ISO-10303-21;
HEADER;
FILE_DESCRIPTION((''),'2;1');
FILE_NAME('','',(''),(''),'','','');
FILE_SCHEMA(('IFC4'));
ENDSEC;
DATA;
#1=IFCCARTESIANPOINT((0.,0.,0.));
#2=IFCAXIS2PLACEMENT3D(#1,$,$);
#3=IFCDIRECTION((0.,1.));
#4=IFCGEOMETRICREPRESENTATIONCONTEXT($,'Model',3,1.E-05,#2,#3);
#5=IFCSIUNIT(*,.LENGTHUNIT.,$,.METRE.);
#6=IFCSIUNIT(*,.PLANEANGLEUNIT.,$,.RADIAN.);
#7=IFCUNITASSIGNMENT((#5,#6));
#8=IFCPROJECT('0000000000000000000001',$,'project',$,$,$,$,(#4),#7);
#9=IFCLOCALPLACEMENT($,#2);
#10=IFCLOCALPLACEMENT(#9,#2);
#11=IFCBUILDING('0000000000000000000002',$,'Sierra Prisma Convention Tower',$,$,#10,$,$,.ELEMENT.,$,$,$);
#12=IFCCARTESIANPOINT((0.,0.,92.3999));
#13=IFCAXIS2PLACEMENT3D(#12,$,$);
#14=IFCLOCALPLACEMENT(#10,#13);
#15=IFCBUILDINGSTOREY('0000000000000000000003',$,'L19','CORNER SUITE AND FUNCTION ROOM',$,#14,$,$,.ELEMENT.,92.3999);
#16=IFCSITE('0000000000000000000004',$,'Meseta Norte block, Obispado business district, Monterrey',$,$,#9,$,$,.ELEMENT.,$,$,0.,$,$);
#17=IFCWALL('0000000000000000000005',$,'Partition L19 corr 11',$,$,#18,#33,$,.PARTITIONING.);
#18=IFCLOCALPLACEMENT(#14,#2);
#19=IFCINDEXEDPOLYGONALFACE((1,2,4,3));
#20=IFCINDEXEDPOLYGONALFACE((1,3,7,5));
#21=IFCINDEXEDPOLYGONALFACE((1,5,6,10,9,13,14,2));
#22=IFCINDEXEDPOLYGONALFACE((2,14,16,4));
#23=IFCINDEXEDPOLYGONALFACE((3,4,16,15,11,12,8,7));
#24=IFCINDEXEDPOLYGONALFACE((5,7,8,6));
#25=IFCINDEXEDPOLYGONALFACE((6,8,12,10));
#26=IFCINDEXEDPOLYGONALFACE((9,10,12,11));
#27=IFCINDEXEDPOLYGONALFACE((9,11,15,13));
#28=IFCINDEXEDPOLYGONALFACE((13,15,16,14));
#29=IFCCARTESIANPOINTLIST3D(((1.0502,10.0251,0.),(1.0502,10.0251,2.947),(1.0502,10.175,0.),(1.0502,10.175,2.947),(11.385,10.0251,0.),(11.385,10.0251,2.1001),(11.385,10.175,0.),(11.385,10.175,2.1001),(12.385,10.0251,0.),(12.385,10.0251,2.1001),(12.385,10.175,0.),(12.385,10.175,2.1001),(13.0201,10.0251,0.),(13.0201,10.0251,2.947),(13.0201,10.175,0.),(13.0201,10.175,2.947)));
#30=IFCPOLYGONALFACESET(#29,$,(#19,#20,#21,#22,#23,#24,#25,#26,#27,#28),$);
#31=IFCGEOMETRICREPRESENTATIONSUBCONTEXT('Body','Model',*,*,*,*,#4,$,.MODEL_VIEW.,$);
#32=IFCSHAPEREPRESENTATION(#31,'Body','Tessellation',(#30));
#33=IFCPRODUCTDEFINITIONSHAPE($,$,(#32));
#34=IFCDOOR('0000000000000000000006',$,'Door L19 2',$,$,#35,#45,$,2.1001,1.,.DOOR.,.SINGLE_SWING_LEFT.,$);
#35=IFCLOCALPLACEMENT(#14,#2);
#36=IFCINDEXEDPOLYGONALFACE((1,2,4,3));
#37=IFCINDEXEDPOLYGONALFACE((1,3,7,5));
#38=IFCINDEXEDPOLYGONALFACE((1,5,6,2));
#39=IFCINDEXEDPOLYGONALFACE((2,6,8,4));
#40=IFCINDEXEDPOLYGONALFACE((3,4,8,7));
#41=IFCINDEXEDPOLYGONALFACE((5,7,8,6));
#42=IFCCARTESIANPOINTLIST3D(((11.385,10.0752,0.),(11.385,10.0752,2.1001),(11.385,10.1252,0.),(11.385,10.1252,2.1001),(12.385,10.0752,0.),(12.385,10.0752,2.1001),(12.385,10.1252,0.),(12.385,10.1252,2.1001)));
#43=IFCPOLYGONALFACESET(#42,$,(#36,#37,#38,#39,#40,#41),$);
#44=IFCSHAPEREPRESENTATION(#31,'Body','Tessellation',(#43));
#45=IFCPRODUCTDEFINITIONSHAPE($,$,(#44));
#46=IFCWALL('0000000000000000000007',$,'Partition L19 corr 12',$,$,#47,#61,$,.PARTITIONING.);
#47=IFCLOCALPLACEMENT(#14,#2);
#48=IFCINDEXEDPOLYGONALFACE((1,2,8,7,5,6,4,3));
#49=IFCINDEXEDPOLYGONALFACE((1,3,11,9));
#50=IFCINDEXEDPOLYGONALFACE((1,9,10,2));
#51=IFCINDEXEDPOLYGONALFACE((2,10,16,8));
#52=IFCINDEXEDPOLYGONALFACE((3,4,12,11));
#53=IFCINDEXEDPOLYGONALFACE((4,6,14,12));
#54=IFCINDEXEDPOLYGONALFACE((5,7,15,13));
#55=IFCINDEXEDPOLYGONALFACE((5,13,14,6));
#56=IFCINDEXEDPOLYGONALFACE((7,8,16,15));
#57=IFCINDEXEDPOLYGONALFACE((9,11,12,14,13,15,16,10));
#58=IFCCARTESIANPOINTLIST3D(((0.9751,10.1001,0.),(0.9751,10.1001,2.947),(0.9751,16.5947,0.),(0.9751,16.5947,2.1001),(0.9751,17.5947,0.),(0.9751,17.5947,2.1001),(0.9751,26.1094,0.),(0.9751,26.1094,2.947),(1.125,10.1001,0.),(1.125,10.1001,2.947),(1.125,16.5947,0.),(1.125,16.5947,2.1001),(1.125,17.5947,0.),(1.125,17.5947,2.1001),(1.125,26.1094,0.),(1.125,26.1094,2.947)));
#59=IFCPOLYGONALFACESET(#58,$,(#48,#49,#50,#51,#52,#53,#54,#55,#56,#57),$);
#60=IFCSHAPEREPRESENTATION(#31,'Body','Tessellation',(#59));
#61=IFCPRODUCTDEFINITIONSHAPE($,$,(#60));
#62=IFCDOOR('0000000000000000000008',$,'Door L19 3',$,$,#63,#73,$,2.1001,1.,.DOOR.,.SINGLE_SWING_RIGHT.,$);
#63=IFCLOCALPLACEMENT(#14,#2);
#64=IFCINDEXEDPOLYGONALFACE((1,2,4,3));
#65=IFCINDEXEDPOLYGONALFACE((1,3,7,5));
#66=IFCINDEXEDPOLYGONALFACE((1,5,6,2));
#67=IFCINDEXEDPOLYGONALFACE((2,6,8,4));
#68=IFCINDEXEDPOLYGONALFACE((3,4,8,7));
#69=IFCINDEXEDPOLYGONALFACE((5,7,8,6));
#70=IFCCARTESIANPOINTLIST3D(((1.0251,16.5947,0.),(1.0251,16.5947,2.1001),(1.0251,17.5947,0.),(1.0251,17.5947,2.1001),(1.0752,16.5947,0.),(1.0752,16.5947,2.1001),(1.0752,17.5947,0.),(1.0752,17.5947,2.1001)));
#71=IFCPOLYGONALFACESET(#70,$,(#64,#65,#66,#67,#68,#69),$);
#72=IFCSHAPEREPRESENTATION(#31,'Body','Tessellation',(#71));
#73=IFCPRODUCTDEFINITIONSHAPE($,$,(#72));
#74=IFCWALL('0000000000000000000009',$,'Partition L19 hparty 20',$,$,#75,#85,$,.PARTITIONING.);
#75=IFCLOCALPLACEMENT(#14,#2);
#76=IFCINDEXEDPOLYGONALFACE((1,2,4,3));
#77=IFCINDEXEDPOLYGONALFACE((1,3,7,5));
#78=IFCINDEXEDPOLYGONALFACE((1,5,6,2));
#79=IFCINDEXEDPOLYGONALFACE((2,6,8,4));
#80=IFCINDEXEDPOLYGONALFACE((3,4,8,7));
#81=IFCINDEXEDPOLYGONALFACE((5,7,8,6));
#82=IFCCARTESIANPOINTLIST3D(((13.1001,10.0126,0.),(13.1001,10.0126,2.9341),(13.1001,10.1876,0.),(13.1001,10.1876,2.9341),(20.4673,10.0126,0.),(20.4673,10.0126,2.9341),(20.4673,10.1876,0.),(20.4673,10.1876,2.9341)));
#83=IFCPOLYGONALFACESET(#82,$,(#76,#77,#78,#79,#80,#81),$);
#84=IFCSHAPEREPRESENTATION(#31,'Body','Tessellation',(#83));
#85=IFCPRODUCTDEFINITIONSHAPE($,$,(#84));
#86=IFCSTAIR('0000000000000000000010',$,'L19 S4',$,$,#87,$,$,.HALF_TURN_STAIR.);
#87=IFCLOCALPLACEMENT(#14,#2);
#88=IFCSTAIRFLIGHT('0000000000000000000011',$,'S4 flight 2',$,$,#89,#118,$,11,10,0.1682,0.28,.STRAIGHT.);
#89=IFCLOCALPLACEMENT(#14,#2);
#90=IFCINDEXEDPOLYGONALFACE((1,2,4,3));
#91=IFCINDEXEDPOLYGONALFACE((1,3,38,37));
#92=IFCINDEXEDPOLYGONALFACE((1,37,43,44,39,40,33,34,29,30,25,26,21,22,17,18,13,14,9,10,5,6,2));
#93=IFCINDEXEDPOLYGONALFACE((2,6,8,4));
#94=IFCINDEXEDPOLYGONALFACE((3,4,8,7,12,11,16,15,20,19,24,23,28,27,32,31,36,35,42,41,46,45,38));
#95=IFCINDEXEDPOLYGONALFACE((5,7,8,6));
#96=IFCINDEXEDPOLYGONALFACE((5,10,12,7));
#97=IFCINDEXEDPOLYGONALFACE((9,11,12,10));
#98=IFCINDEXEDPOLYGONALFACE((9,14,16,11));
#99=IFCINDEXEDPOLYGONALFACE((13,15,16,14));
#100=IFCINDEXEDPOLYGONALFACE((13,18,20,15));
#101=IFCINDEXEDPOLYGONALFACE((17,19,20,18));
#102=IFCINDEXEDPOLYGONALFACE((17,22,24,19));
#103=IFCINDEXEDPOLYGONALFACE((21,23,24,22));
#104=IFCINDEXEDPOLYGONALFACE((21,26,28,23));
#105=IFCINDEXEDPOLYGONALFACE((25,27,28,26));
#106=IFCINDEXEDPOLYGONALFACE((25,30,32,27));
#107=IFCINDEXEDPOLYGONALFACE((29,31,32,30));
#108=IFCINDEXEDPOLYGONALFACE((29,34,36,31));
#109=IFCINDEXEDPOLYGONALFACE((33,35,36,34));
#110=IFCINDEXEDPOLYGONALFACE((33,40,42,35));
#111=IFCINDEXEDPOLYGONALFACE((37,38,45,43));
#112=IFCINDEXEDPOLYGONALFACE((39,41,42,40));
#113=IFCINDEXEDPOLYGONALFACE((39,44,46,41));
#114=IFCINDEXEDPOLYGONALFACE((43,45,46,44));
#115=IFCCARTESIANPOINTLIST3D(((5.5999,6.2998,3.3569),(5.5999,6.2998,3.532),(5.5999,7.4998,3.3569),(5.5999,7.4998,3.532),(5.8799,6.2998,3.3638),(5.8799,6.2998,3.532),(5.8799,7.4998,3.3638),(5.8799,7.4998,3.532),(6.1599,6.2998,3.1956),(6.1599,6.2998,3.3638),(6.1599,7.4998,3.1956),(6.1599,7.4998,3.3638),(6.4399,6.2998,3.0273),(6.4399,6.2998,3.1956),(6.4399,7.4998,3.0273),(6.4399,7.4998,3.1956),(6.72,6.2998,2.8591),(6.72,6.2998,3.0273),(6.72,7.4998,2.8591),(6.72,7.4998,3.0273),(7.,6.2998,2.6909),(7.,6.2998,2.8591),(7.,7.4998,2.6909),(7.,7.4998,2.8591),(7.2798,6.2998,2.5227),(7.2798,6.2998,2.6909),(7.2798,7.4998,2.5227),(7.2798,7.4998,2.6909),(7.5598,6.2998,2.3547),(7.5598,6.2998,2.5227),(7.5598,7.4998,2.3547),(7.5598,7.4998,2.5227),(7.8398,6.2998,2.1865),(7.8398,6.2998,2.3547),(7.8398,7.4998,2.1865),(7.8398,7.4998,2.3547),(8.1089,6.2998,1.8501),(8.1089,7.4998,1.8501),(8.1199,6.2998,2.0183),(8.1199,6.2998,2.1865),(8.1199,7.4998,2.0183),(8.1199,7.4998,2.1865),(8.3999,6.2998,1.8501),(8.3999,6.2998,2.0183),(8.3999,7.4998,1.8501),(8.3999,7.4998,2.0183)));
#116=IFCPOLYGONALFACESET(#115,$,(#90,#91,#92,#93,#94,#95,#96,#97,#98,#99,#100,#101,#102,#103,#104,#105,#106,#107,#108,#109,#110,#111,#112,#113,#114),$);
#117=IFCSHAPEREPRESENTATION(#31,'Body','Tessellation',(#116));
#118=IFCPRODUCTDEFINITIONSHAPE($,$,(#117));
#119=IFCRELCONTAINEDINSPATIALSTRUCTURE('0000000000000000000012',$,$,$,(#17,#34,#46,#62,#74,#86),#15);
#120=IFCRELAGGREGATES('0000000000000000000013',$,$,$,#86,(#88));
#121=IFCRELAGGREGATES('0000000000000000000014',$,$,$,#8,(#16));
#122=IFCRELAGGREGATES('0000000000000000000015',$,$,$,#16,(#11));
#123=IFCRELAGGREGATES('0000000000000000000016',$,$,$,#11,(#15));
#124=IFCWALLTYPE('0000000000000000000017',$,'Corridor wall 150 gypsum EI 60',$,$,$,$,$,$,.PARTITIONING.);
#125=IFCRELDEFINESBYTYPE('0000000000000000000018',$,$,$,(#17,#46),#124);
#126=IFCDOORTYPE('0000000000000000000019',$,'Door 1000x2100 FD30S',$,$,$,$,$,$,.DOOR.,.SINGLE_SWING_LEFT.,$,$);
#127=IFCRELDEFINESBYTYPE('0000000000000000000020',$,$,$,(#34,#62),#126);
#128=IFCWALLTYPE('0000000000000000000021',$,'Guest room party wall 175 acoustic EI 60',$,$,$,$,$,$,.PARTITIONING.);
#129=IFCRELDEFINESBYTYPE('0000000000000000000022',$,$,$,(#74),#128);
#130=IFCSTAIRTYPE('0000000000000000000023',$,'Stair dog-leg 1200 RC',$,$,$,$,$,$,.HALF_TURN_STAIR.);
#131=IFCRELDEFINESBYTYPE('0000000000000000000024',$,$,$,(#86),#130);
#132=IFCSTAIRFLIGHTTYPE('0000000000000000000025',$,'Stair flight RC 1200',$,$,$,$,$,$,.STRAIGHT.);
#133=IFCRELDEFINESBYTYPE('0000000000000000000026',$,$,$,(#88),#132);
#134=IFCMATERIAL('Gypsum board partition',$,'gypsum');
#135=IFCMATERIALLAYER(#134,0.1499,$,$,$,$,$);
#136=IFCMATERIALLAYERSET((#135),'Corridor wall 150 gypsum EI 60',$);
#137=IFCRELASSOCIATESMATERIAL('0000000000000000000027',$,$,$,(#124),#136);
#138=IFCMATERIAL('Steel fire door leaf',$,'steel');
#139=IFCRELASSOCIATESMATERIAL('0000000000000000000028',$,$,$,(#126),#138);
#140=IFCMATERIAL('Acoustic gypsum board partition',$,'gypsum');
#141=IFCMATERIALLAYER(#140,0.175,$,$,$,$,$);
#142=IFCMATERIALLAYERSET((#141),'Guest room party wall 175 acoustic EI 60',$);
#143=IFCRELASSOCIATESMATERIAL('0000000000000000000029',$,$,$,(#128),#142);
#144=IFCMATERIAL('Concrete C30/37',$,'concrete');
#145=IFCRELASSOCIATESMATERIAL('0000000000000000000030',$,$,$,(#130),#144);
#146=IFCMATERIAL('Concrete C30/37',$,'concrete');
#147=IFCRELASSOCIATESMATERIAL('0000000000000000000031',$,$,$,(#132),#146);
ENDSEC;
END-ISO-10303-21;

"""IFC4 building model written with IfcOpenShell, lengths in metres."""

from ifc_helpers import new_model, si_unit, direction, frame, frame_2d, origin, place, context, subcontext, project, spatial, polyline, rectangle, outline, extrude, material, layer, layer_set, type_object, element, fill, aggregate, save


model = new_model("IFC4")

# Units and contexts
model_context = context("Model", 3, precision=1e-05, world=origin(), true_north=direction((0.0, 1.0)))
body_context = subcontext(model_context, "Body", "Model", "MODEL_VIEW")
ifc_project = project(units=[si_unit("LENGTHUNIT", "METRE"), si_unit("PLANEANGLEUNIT", "RADIAN")], contexts=[model_context])

# Site, building, storey
site_placement = place(None, origin())
site = spatial("IfcSite", under=ifc_project, at=site_placement, Name="Meseta Norte block, Obispado business district, Monterrey", CompositionType="ELEMENT", RefElevation=0.0)
building_placement = place(site_placement, origin())
building = spatial("IfcBuilding", under=site, at=building_placement, Name="Sierra Prisma Convention Tower", CompositionType="ELEMENT")
storey_placement = place(building_placement, frame((0.0, 0.0, 92.3999)))
storey = spatial("IfcBuildingStorey", under=building, at=storey_placement, Name="L19", Description="CORNER SUITE AND FUNCTION ROOM", CompositionType="ELEMENT", Elevation=92.3999)

# Walls, openings, doors
ifc_material_1 = material(Name="Gypsum board partition", Category="gypsum")
ifc_layer_1 = layer(ifc_material_1, 0.1499)
ifc_layer_set_1 = layer_set([ifc_layer_1], Name="Corridor wall 150 gypsum EI 60")
wall_type_1 = type_object("IfcWallType", Name="Corridor wall 150 gypsum EI 60", PredefinedType="PARTITIONING", material=ifc_layer_set_1)
wall_1_placement = place(storey_placement, frame((13.02, 10.1001, 0.0), z_axis=(0.0, 0.0, 1.0), x_axis=(-1.0, 0.0, 0.0)))
wall_1 = element("IfcWall", 1, at=wall_1_placement, inside=storey, type_object=wall_type_1, Name="Partition L19 corr 11", PredefinedType="PARTITIONING", context=body_context, shape_type="SweptSolid", body=[
    extrude(rectangle(XDim=11.97, YDim=0.1499, at=frame_2d((5.9849, 0.0))), origin(), (0.0, 0.0, 1.0), 2.947),
])
opening_1_placement = place(wall_1_placement, frame((0.635, 0.0, 0.0)))
opening_1 = element("IfcOpeningElement", 2, at=opening_1_placement, cuts=wall_1, PredefinedType="OPENING", context=body_context, shape_type="SweptSolid", body=[
    extrude(rectangle(XDim=1.0, YDim=2.1001, at=frame_2d((0.5, 1.05))), frame((0.0, 0.075, 0.0), z_axis=(0.0, -1.0, 0.0), x_axis=(1.0, 0.0, 0.0)), (0.0, 0.0, 1.0), 0.1499),
])
ifc_material_2 = material(Name="Steel fire door leaf", Category="steel")
door_type_1 = type_object("IfcDoorType", Name="Door 1000x2100 FD30S", OperationType="SINGLE_SWING_LEFT", PredefinedType="DOOR", material=ifc_material_2)
door_1_placement = place(opening_1_placement, origin())
door_1 = element("IfcDoor", 3, at=door_1_placement, inside=storey, type_object=door_type_1, Name="Door L19 2", OperationType="SINGLE_SWING_LEFT", OverallHeight=2.1001, OverallWidth=1.0, PredefinedType="DOOR", context=body_context, shape_type="SweptSolid", body=[
    extrude(rectangle(XDim=1.0, YDim=2.1001, at=frame_2d((0.5, 1.05))), frame((0.0, 0.0249, 0.0), z_axis=(0.0, -1.0, 0.0), x_axis=(1.0, 0.0, 0.0)), (0.0, 0.0, 1.0), 0.05),
])
fill(opening_1, door_1)
wall_2_placement = place(storey_placement, frame((1.05, 10.1001, 0.0), z_axis=(0.0, 0.0, 1.0), x_axis=(0.0, 1.0, 0.0)))
wall_2 = element("IfcWall", 4, at=wall_2_placement, inside=storey, type_object=wall_type_1, Name="Partition L19 corr 12", PredefinedType="PARTITIONING", context=body_context, shape_type="SweptSolid", body=[
    extrude(rectangle(XDim=16.0093, YDim=0.1499, at=frame_2d((8.0046, 0.0))), origin(), (0.0, 0.0, 1.0), 2.947),
])
opening_2_placement = place(wall_2_placement, frame((6.4946, 0.0, 0.0)))
opening_2 = element("IfcOpeningElement", 5, at=opening_2_placement, cuts=wall_2, PredefinedType="OPENING", context=body_context, shape_type="SweptSolid", body=[
    extrude(rectangle(XDim=1.0, YDim=2.1001, at=frame_2d((0.5, 1.05))), frame((0.0, 0.075, 0.0), z_axis=(0.0, -1.0, 0.0), x_axis=(1.0, 0.0, 0.0)), (0.0, 0.0, 1.0), 0.1499),
])
door_2_placement = place(opening_2_placement, origin())
door_2 = element("IfcDoor", 6, at=door_2_placement, inside=storey, type_object=door_type_1, Name="Door L19 3", OperationType="SINGLE_SWING_RIGHT", OverallHeight=2.1001, OverallWidth=1.0, PredefinedType="DOOR", context=body_context, shape_type="SweptSolid", body=[
    extrude(rectangle(XDim=1.0, YDim=2.1001, at=frame_2d((0.5, 1.05))), frame((0.0, 0.0249, 0.0), z_axis=(0.0, -1.0, 0.0), x_axis=(1.0, 0.0, 0.0)), (0.0, 0.0, 1.0), 0.05),
])
fill(opening_2, door_2)

# Wall
ifc_material_3 = material(Name="Acoustic gypsum board partition", Category="gypsum")
ifc_layer_2 = layer(ifc_material_3, 0.175)
ifc_layer_set_2 = layer_set([ifc_layer_2], Name="Guest room party wall 175 acoustic EI 60")
wall_type_2 = type_object("IfcWallType", Name="Guest room party wall 175 acoustic EI 60", PredefinedType="PARTITIONING", material=ifc_layer_set_2)
wall_3_placement = place(storey_placement, frame((13.1001, 10.1001, 0.0), z_axis=(0.0, 0.0, 1.0), x_axis=(1.0, 0.0, 0.0)))
element("IfcWall", 7, at=wall_3_placement, inside=storey, type_object=wall_type_2, Name="Partition L19 hparty 20", PredefinedType="PARTITIONING", context=body_context, shape_type="SweptSolid", body=[
    extrude(rectangle(XDim=7.3672, YDim=0.175, at=frame_2d((3.6836, 0.0))), origin(), (0.0, 0.0, 1.0), 2.9341),
])

# Stair, stair flight
ifc_material_4 = material(Name="Concrete C30/37", Category="concrete")
stair_type = type_object("IfcStairType", Name="Stair dog-leg 1200 RC", PredefinedType="HALF_TURN_STAIR", material=ifc_material_4)
stair_placement = place(storey_placement, origin())
stair = element("IfcStair", 8, at=stair_placement, inside=storey, type_object=stair_type, Name="L19 S4", PredefinedType="HALF_TURN_STAIR")
ifc_material_5 = material(Name="Concrete C30/37", Category="concrete")
stair_flight_type = type_object("IfcStairFlightType", Name="Stair flight RC 1200", PredefinedType="STRAIGHT", material=ifc_material_5)
stair_flight_placement = place(storey_placement, frame((8.3999, 6.8999, 1.8501), z_axis=(0.0, 0.0, 1.0), x_axis=(-1.0, 0.0, 0.0)))
stair_flight = element("IfcStairFlight", 9, at=stair_flight_placement, type_object=stair_flight_type, Name="S4 flight 2", NumberOfRisers=11, NumberOfTreads=10, PredefinedType="STRAIGHT", RiserHeight=0.1682, TreadLength=0.28, context=body_context, shape_type="SweptSolid", body=[
    extrude(outline(polyline([(0.0, 0.0), (0.0, 0.1682), (0.28, 0.1682), (0.28, 0.3364), (0.5601, 0.3364), (0.5601, 0.5046), (0.8401, 0.5046), (0.8401, 0.6726), (1.1201, 0.6726), (1.1201, 0.8408), (1.3999, 0.8408), (1.3999, 1.009), (1.6799, 1.009), (1.6799, 1.1772), (1.96, 1.1772), (1.96, 1.3455), (2.24, 1.3455), (2.24, 1.5137), (2.52, 1.5137), (2.52, 1.6819), (2.8, 1.6819), (2.8, 1.8501), (2.8, 1.5068), (0.291, 0.0), (0.0, 0.0)])), frame((0.0, 0.6001, 0.0), z_axis=(0.0, -1.0, 0.0), x_axis=(1.0, 0.0, 0.0)), (0.0, 0.0, 1.0), 1.2),
])
aggregate(stair, [stair_flight])

save(model, "model.ifc")
